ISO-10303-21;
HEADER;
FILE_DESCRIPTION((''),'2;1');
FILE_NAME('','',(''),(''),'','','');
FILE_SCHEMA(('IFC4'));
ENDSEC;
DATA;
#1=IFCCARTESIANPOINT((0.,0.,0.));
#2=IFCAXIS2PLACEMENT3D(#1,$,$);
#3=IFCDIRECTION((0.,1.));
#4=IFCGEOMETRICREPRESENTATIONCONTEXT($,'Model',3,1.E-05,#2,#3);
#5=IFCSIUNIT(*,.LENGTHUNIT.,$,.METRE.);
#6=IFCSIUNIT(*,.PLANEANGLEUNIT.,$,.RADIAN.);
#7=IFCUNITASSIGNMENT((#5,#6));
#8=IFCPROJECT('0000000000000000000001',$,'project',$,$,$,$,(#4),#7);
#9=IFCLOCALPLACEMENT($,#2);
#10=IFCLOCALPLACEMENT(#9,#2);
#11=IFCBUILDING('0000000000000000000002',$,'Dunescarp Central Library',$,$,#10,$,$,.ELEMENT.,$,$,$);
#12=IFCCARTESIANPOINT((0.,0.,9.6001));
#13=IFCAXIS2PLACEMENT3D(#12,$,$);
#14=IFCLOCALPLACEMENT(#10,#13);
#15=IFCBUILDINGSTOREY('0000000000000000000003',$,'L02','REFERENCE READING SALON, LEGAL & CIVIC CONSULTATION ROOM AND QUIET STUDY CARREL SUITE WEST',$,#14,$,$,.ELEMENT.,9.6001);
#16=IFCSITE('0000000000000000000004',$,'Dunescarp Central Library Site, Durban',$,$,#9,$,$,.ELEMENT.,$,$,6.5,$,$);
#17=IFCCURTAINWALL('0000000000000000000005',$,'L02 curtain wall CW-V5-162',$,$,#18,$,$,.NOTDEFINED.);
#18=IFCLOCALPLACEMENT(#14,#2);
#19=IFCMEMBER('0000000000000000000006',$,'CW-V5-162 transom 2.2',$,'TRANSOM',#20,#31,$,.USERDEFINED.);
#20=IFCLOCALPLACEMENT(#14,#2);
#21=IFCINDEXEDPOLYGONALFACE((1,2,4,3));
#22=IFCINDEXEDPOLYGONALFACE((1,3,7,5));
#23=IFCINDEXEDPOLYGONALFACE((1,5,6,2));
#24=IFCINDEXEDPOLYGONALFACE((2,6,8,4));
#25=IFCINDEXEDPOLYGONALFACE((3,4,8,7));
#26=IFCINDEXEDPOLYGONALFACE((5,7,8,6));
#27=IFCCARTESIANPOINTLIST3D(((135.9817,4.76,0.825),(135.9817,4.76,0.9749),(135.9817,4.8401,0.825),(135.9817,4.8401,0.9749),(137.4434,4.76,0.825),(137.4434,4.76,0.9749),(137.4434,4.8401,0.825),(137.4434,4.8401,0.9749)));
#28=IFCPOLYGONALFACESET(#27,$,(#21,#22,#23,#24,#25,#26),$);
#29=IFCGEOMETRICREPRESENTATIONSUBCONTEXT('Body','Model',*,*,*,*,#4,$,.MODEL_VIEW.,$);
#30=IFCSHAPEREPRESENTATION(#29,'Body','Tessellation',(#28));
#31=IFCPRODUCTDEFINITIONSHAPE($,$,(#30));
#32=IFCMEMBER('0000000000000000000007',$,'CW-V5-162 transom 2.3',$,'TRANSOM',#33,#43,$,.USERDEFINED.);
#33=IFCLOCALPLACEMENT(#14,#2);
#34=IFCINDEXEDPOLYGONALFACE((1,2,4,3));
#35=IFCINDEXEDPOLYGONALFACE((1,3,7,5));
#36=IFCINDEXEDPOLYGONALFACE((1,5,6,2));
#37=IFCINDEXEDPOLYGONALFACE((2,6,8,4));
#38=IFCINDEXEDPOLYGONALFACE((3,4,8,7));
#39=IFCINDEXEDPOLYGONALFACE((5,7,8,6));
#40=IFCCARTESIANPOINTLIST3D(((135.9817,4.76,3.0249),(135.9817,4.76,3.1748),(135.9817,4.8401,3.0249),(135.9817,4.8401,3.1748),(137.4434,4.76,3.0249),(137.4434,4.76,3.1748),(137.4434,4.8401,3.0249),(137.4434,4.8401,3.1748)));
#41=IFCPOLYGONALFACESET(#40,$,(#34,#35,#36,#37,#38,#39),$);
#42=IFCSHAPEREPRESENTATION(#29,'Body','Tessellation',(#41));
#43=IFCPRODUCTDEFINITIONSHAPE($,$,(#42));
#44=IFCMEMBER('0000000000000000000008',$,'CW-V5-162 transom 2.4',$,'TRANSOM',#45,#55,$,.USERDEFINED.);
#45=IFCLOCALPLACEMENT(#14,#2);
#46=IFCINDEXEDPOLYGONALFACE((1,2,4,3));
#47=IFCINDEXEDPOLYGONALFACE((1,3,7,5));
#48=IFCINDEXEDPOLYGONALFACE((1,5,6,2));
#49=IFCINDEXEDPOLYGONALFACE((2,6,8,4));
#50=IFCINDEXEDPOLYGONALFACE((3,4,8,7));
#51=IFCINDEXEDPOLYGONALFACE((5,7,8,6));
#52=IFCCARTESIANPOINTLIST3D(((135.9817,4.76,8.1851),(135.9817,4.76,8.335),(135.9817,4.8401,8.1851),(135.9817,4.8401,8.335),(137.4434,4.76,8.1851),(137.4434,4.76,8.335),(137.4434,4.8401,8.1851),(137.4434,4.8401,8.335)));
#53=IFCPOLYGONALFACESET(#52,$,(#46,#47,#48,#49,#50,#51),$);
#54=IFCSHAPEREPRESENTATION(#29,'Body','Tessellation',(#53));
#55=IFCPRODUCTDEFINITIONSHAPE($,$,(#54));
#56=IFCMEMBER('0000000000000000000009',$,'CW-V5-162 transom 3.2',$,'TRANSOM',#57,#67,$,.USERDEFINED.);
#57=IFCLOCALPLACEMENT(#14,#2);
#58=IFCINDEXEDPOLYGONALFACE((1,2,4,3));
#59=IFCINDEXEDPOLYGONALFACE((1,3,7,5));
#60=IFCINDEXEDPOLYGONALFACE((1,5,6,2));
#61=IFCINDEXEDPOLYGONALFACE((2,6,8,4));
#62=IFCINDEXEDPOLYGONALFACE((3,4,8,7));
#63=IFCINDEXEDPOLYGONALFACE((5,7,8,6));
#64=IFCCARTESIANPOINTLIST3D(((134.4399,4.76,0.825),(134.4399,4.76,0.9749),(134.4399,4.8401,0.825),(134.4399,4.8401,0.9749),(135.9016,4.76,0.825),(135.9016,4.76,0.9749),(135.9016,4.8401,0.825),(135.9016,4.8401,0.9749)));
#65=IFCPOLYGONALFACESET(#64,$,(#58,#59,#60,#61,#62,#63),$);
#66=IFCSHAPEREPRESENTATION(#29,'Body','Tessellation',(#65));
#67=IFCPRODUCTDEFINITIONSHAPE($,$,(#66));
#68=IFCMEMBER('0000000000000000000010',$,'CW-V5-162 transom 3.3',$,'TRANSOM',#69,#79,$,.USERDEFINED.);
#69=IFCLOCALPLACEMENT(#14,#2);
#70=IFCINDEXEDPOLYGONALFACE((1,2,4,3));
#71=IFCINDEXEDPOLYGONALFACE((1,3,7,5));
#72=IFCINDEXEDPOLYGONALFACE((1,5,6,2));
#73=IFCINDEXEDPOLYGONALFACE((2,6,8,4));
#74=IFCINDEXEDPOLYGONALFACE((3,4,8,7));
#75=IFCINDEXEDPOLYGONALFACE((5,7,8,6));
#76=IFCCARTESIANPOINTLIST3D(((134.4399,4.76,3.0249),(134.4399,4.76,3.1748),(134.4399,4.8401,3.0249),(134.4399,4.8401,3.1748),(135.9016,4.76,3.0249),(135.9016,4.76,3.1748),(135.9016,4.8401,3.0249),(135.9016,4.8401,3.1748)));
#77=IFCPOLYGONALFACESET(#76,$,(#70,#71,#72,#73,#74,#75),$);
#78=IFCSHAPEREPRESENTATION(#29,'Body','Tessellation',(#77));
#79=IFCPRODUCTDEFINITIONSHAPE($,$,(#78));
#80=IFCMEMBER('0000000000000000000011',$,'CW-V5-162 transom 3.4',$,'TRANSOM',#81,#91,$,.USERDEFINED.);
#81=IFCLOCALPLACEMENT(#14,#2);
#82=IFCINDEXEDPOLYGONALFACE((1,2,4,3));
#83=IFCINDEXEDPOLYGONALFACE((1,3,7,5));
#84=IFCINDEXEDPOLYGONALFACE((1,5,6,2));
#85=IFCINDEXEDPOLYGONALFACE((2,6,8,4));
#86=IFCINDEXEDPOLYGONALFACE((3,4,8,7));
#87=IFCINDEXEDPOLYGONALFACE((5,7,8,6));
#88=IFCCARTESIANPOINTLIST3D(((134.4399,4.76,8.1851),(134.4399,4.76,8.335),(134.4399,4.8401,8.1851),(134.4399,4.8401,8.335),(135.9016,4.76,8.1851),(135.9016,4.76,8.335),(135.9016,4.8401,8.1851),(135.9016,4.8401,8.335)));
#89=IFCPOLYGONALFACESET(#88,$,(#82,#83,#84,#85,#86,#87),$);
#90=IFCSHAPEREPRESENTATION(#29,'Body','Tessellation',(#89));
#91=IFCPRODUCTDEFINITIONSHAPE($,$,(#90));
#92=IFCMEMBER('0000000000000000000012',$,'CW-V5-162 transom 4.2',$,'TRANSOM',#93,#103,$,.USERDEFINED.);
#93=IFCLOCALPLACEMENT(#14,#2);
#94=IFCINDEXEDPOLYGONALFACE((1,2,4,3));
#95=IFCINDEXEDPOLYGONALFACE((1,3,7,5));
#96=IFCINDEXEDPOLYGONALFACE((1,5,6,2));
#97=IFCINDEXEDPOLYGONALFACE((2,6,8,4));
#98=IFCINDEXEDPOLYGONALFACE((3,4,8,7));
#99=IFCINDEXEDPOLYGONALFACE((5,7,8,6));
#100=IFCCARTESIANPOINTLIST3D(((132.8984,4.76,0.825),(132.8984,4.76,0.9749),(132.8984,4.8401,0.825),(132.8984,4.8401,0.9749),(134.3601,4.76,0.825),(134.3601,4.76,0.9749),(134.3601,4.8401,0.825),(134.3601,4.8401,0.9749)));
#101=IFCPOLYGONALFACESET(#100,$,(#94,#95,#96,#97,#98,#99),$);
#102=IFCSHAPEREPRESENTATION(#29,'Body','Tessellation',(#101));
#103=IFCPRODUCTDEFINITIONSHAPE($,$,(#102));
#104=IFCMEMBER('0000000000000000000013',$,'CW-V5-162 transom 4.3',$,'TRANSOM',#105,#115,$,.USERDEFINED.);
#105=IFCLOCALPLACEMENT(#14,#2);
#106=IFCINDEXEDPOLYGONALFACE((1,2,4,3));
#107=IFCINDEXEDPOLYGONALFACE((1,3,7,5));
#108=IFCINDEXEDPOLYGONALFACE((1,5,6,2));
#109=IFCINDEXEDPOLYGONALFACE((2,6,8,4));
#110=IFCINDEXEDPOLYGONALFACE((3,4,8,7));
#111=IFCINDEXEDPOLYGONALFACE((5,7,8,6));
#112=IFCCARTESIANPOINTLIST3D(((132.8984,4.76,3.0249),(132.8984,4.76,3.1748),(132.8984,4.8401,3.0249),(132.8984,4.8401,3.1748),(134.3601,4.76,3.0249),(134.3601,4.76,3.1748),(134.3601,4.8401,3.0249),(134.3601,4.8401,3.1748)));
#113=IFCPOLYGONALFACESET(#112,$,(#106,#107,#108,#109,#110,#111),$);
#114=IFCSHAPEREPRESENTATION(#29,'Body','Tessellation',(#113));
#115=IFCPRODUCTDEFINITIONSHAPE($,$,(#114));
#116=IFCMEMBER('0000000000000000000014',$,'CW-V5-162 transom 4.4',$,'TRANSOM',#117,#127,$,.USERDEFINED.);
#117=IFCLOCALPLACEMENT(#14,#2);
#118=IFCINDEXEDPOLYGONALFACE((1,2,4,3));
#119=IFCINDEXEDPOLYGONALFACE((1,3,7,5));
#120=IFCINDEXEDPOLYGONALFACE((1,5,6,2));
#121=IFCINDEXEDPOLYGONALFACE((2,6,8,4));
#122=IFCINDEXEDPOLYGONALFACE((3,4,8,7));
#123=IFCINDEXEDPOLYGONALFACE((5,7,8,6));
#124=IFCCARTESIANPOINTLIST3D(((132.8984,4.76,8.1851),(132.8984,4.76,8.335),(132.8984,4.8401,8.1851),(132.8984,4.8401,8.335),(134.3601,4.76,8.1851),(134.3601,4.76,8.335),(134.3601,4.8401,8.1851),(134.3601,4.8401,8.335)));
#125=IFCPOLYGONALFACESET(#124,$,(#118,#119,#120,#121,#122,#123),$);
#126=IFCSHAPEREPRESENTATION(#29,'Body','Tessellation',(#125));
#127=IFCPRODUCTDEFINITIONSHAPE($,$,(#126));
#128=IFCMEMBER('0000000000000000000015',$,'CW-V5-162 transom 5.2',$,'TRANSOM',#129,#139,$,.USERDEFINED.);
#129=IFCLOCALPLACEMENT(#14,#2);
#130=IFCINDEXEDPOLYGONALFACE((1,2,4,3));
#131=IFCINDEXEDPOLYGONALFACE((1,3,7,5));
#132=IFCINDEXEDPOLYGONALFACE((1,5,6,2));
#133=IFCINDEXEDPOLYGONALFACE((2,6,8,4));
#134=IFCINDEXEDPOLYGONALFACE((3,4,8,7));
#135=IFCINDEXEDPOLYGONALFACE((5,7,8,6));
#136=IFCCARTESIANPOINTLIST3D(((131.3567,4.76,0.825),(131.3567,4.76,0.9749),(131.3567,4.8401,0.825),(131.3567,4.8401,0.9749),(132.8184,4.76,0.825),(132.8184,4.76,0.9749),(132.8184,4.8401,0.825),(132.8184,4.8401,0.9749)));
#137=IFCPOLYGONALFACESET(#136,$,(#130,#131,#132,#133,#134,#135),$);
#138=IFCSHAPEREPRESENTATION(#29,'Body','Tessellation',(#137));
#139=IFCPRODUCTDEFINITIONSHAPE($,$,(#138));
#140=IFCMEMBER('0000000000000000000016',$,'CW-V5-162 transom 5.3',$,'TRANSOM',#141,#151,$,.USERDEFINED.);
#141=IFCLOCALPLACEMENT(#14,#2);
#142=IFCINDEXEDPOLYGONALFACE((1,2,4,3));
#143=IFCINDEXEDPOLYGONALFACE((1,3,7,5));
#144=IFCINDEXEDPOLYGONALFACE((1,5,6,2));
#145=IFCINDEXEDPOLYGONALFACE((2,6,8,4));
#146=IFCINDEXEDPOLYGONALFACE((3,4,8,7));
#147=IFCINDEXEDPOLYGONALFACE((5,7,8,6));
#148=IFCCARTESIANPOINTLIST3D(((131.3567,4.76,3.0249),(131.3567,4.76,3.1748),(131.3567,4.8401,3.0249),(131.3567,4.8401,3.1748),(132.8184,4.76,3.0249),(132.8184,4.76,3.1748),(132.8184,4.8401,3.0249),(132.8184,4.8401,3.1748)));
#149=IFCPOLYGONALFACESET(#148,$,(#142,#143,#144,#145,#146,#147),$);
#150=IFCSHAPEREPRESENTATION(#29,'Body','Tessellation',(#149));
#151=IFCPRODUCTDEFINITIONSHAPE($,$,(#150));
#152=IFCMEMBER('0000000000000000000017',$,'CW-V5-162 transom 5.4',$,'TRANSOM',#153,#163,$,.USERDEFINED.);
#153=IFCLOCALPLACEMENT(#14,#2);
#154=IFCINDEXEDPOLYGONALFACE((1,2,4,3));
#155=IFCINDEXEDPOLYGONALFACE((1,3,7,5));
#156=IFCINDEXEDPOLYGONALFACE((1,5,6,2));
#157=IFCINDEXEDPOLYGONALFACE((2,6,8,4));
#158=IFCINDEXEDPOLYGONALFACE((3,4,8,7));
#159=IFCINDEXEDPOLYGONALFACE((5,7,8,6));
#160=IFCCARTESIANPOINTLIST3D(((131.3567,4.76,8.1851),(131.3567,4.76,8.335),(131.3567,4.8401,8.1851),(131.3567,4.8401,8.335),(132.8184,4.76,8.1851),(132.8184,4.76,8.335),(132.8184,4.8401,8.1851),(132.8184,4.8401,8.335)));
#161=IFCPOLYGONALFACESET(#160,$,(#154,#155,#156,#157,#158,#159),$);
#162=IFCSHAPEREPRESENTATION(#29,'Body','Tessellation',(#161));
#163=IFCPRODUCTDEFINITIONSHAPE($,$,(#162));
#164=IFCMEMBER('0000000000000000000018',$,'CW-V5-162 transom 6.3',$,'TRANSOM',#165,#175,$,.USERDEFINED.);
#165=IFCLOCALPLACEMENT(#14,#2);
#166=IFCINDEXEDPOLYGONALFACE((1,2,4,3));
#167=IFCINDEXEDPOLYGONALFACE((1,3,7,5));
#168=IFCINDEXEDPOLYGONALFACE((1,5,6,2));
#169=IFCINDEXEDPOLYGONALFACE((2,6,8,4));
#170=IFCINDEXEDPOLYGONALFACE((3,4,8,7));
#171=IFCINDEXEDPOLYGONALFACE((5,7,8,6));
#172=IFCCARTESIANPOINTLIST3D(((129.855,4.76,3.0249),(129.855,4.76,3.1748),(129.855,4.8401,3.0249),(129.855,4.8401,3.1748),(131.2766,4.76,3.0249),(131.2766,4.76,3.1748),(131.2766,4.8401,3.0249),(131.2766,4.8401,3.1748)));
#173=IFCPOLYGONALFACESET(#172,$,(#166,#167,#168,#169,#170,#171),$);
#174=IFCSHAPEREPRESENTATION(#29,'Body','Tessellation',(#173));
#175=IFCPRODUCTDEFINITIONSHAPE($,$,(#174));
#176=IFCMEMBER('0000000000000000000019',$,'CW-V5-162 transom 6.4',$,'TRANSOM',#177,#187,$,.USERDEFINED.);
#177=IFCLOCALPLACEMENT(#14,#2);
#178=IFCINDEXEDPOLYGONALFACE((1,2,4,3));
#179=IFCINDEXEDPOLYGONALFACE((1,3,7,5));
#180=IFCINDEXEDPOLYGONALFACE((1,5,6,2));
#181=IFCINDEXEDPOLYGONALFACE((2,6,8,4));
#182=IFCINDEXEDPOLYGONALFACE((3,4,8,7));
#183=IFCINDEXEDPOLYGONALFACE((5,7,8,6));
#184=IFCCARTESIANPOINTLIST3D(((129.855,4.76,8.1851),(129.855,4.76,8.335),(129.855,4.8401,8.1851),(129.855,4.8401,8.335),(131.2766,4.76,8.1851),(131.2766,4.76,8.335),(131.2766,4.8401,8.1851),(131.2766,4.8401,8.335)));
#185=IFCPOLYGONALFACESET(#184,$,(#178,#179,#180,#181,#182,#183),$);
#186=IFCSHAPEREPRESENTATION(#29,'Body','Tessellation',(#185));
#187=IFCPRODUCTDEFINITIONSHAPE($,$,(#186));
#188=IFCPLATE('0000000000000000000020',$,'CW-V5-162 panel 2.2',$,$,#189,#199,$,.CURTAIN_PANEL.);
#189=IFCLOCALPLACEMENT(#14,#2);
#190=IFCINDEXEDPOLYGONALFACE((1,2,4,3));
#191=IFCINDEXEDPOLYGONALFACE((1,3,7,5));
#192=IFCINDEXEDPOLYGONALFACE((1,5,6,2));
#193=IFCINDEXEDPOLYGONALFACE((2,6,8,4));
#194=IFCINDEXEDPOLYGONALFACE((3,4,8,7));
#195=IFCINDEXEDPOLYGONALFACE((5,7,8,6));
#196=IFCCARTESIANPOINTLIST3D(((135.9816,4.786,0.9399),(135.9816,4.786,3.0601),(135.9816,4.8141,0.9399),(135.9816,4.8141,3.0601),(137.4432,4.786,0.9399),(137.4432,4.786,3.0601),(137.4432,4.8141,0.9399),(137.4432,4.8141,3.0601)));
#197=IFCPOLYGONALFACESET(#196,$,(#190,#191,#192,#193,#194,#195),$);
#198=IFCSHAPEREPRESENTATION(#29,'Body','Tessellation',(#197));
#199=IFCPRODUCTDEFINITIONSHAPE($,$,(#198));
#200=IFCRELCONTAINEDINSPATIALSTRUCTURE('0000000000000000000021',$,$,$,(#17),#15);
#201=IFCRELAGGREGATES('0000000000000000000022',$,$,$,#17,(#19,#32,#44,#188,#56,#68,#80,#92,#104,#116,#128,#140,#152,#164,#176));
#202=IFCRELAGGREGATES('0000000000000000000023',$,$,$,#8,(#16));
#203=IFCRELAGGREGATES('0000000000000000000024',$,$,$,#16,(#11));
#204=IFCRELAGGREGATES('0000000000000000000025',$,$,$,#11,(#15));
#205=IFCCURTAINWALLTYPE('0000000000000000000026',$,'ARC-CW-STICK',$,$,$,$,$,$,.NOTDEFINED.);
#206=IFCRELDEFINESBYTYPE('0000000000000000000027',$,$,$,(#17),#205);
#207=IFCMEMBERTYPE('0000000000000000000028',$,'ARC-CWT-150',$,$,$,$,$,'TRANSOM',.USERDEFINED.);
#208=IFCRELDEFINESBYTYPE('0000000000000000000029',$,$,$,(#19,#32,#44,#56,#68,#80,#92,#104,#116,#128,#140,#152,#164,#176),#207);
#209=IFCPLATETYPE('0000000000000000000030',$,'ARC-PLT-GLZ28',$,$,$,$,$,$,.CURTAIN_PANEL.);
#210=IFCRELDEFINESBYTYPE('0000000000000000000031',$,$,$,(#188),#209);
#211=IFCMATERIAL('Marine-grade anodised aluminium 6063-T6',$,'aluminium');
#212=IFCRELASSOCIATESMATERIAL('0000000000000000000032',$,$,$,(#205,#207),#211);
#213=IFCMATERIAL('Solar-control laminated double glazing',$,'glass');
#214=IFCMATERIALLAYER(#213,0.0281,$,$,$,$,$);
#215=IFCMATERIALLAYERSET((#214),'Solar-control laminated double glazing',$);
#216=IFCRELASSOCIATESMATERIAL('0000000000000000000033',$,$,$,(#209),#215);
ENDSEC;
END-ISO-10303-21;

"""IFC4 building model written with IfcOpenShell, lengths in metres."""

from ifc_helpers import new_model, si_unit, direction, frame, origin, origin_2d, place, context, subcontext, project, spatial, rectangle, extrude, material, layer, layer_set, material_profile, profile_set, type_object, element, aggregate, save


model = new_model("IFC4")

# Units and contexts
model_context = context("Model", 3, precision=1e-05, world=origin(), true_north=direction((0.0, 1.0)))
body_context = subcontext(model_context, "Body", "Model", "MODEL_VIEW")
ifc_project = project(units=[si_unit("LENGTHUNIT", "METRE"), si_unit("PLANEANGLEUNIT", "RADIAN")], contexts=[model_context])

# Site, building, storey
site_placement = place(None, origin())
site = spatial("IfcSite", under=ifc_project, at=site_placement, Name="Dunescarp Central Library Site, Durban", CompositionType="ELEMENT", RefElevation=6.5)
building_placement = place(site_placement, origin())
building = spatial("IfcBuilding", under=site, at=building_placement, Name="Dunescarp Central Library", CompositionType="ELEMENT")
storey_placement = place(building_placement, frame((0.0, 0.0, 9.6001)))
storey = spatial("IfcBuildingStorey", under=building, at=storey_placement, Name="L02", Description="REFERENCE READING SALON, LEGAL & CIVIC CONSULTATION ROOM AND QUIET STUDY CARREL SUITE WEST", CompositionType="ELEMENT", Elevation=9.6001)

# Curtain wall, members, plate
ifc_material_1 = material(Name="Marine-grade anodised aluminium 6063-T6", Category="aluminium")
curtain_wall_type = type_object("IfcCurtainWallType", Name="ARC-CW-STICK", PredefinedType="NOTDEFINED", material=ifc_material_1)
curtain_wall_placement = place(storey_placement, origin())
curtain_wall = element("IfcCurtainWall", 1, at=curtain_wall_placement, inside=storey, type_object=curtain_wall_type, Name="L02 curtain wall CW-V5-162", PredefinedType="NOTDEFINED")
ifc_material_profile = material_profile(ifc_material_1, rectangle(XDim=0.0801, YDim=0.1499, at=origin_2d()), Name="AL 80x150")
ifc_profile_set = profile_set([ifc_material_profile], Name="Marine-grade anodised aluminium 6063-T6")
member_type = type_object("IfcMemberType", Name="ARC-CWT-150", ElementType="TRANSOM", PredefinedType="USERDEFINED", material=ifc_profile_set)
member_1_placement = place(storey_placement, frame((137.4434, 4.8, 0.8999), z_axis=(-1.0, 0.0, 0.0), x_axis=(0.0, -1.0, 0.0)))
member_1 = element("IfcMember", 2, at=member_1_placement, type_object=member_type, Name="CW-V5-162 transom 2.2", ObjectType="TRANSOM", PredefinedType="USERDEFINED", context=body_context, shape_type="SweptSolid", body=[
    extrude(rectangle(XDim=0.0801, YDim=0.1499, at=origin_2d()), origin(), (0.0, 0.0, 1.0), 1.4617),
])
member_2_placement = place(storey_placement, frame((137.4434, 4.8, 3.0999), z_axis=(-1.0, 0.0, 0.0), x_axis=(0.0, -1.0, 0.0)))
member_2 = element("IfcMember", 3, at=member_2_placement, type_object=member_type, Name="CW-V5-162 transom 2.3", ObjectType="TRANSOM", PredefinedType="USERDEFINED", context=body_context, shape_type="SweptSolid", body=[
    extrude(rectangle(XDim=0.0801, YDim=0.1499, at=origin_2d()), origin(), (0.0, 0.0, 1.0), 1.4617),
])
member_3_placement = place(storey_placement, frame((137.4434, 4.8, 8.26), z_axis=(-1.0, 0.0, 0.0), x_axis=(0.0, -1.0, 0.0)))
member_3 = element("IfcMember", 4, at=member_3_placement, type_object=member_type, Name="CW-V5-162 transom 2.4", ObjectType="TRANSOM", PredefinedType="USERDEFINED", context=body_context, shape_type="SweptSolid", body=[
    extrude(rectangle(XDim=0.0801, YDim=0.1499, at=origin_2d()), origin(), (0.0, 0.0, 1.0), 1.4617),
])
member_4_placement = place(storey_placement, frame((135.9016, 4.8, 0.8999), z_axis=(-1.0, 0.0, 0.0), x_axis=(0.0, -1.0, 0.0)))
member_4 = element("IfcMember", 5, at=member_4_placement, type_object=member_type, Name="CW-V5-162 transom 3.2", ObjectType="TRANSOM", PredefinedType="USERDEFINED", context=body_context, shape_type="SweptSolid", body=[
    extrude(rectangle(XDim=0.0801, YDim=0.1499, at=origin_2d()), origin(), (0.0, 0.0, 1.0), 1.4617),
])
member_5_placement = place(storey_placement, frame((135.9016, 4.8, 3.0999), z_axis=(-1.0, 0.0, 0.0), x_axis=(0.0, -1.0, 0.0)))
member_5 = element("IfcMember", 6, at=member_5_placement, type_object=member_type, Name="CW-V5-162 transom 3.3", ObjectType="TRANSOM", PredefinedType="USERDEFINED", context=body_context, shape_type="SweptSolid", body=[
    extrude(rectangle(XDim=0.0801, YDim=0.1499, at=origin_2d()), origin(), (0.0, 0.0, 1.0), 1.4617),
])
member_6_placement = place(storey_placement, frame((135.9016, 4.8, 8.26), z_axis=(-1.0, 0.0, 0.0), x_axis=(0.0, -1.0, 0.0)))
member_6 = element("IfcMember", 7, at=member_6_placement, type_object=member_type, Name="CW-V5-162 transom 3.4", ObjectType="TRANSOM", PredefinedType="USERDEFINED", context=body_context, shape_type="SweptSolid", body=[
    extrude(rectangle(XDim=0.0801, YDim=0.1499, at=origin_2d()), origin(), (0.0, 0.0, 1.0), 1.4617),
])
member_7_placement = place(storey_placement, frame((134.3601, 4.8, 0.8999), z_axis=(-1.0, 0.0, 0.0), x_axis=(0.0, -1.0, 0.0)))
member_7 = element("IfcMember", 8, at=member_7_placement, type_object=member_type, Name="CW-V5-162 transom 4.2", ObjectType="TRANSOM", PredefinedType="USERDEFINED", context=body_context, shape_type="SweptSolid", body=[
    extrude(rectangle(XDim=0.0801, YDim=0.1499, at=origin_2d()), origin(), (0.0, 0.0, 1.0), 1.4617),
])
member_8_placement = place(storey_placement, frame((134.3601, 4.8, 3.0999), z_axis=(-1.0, 0.0, 0.0), x_axis=(0.0, -1.0, 0.0)))
member_8 = element("IfcMember", 9, at=member_8_placement, type_object=member_type, Name="CW-V5-162 transom 4.3", ObjectType="TRANSOM", PredefinedType="USERDEFINED", context=body_context, shape_type="SweptSolid", body=[
    extrude(rectangle(XDim=0.0801, YDim=0.1499, at=origin_2d()), origin(), (0.0, 0.0, 1.0), 1.4617),
])
member_9_placement = place(storey_placement, frame((134.3601, 4.8, 8.26), z_axis=(-1.0, 0.0, 0.0), x_axis=(0.0, -1.0, 0.0)))
member_9 = element("IfcMember", 10, at=member_9_placement, type_object=member_type, Name="CW-V5-162 transom 4.4", ObjectType="TRANSOM", PredefinedType="USERDEFINED", context=body_context, shape_type="SweptSolid", body=[
    extrude(rectangle(XDim=0.0801, YDim=0.1499, at=origin_2d()), origin(), (0.0, 0.0, 1.0), 1.4617),
])
member_10_placement = place(storey_placement, frame((132.8184, 4.8, 0.8999), z_axis=(-1.0, 0.0, 0.0), x_axis=(0.0, -1.0, 0.0)))
member_10 = element("IfcMember", 11, at=member_10_placement, type_object=member_type, Name="CW-V5-162 transom 5.2", ObjectType="TRANSOM", PredefinedType="USERDEFINED", context=body_context, shape_type="SweptSolid", body=[
    extrude(rectangle(XDim=0.0801, YDim=0.1499, at=origin_2d()), origin(), (0.0, 0.0, 1.0), 1.4617),
])
member_11_placement = place(storey_placement, frame((132.8184, 4.8, 3.0999), z_axis=(-1.0, 0.0, 0.0), x_axis=(0.0, -1.0, 0.0)))
member_11 = element("IfcMember", 12, at=member_11_placement, type_object=member_type, Name="CW-V5-162 transom 5.3", ObjectType="TRANSOM", PredefinedType="USERDEFINED", context=body_context, shape_type="SweptSolid", body=[
    extrude(rectangle(XDim=0.0801, YDim=0.1499, at=origin_2d()), origin(), (0.0, 0.0, 1.0), 1.4617),
])
member_12_placement = place(storey_placement, frame((132.8184, 4.8, 8.26), z_axis=(-1.0, 0.0, 0.0), x_axis=(0.0, -1.0, 0.0)))
member_12 = element("IfcMember", 13, at=member_12_placement, type_object=member_type, Name="CW-V5-162 transom 5.4", ObjectType="TRANSOM", PredefinedType="USERDEFINED", context=body_context, shape_type="SweptSolid", body=[
    extrude(rectangle(XDim=0.0801, YDim=0.1499, at=origin_2d()), origin(), (0.0, 0.0, 1.0), 1.4617),
])
member_13_placement = place(storey_placement, frame((131.2766, 4.8, 3.0999), z_axis=(-1.0, 0.0, 0.0), x_axis=(0.0, -1.0, 0.0)))
member_13 = element("IfcMember", 14, at=member_13_placement, type_object=member_type, Name="CW-V5-162 transom 6.3", ObjectType="TRANSOM", PredefinedType="USERDEFINED", context=body_context, shape_type="SweptSolid", body=[
    extrude(rectangle(XDim=0.0801, YDim=0.1499, at=origin_2d()), origin(), (0.0, 0.0, 1.0), 1.4216),
])
member_14_placement = place(storey_placement, frame((131.2766, 4.8, 8.26), z_axis=(-1.0, 0.0, 0.0), x_axis=(0.0, -1.0, 0.0)))
member_14 = element("IfcMember", 15, at=member_14_placement, type_object=member_type, Name="CW-V5-162 transom 6.4", ObjectType="TRANSOM", PredefinedType="USERDEFINED", context=body_context, shape_type="SweptSolid", body=[
    extrude(rectangle(XDim=0.0801, YDim=0.1499, at=origin_2d()), origin(), (0.0, 0.0, 1.0), 1.4216),
])
ifc_material_2 = material(Name="Solar-control laminated double glazing", Category="glass")
ifc_layer = layer(ifc_material_2, 0.0281)
ifc_layer_set = layer_set([ifc_layer], Name="Solar-control laminated double glazing")
plate_type = type_object("IfcPlateType", Name="ARC-PLT-GLZ28", PredefinedType="CURTAIN_PANEL", material=ifc_layer_set)
plate_1_placement = place(storey_placement, frame((136.7124, 4.8, 0.9399), z_axis=(0.0, 0.0, 1.0), x_axis=(-1.0, 0.0, 0.0)))
plate_1 = element("IfcPlate", 16, at=plate_1_placement, type_object=plate_type, Name="CW-V5-162 panel 2.2", PredefinedType="CURTAIN_PANEL", context=body_context, shape_type="SweptSolid", body=[
    extrude(rectangle(XDim=1.4617, YDim=0.0281, at=origin_2d()), origin(), (0.0, 0.0, 1.0), 2.1201),
])
aggregate(curtain_wall, [member_1, member_2, member_3, plate_1, member_4, member_5, member_6, member_7, member_8, member_9, member_10, member_11, member_12, member_13, member_14])

save(model, "model.ifc")
